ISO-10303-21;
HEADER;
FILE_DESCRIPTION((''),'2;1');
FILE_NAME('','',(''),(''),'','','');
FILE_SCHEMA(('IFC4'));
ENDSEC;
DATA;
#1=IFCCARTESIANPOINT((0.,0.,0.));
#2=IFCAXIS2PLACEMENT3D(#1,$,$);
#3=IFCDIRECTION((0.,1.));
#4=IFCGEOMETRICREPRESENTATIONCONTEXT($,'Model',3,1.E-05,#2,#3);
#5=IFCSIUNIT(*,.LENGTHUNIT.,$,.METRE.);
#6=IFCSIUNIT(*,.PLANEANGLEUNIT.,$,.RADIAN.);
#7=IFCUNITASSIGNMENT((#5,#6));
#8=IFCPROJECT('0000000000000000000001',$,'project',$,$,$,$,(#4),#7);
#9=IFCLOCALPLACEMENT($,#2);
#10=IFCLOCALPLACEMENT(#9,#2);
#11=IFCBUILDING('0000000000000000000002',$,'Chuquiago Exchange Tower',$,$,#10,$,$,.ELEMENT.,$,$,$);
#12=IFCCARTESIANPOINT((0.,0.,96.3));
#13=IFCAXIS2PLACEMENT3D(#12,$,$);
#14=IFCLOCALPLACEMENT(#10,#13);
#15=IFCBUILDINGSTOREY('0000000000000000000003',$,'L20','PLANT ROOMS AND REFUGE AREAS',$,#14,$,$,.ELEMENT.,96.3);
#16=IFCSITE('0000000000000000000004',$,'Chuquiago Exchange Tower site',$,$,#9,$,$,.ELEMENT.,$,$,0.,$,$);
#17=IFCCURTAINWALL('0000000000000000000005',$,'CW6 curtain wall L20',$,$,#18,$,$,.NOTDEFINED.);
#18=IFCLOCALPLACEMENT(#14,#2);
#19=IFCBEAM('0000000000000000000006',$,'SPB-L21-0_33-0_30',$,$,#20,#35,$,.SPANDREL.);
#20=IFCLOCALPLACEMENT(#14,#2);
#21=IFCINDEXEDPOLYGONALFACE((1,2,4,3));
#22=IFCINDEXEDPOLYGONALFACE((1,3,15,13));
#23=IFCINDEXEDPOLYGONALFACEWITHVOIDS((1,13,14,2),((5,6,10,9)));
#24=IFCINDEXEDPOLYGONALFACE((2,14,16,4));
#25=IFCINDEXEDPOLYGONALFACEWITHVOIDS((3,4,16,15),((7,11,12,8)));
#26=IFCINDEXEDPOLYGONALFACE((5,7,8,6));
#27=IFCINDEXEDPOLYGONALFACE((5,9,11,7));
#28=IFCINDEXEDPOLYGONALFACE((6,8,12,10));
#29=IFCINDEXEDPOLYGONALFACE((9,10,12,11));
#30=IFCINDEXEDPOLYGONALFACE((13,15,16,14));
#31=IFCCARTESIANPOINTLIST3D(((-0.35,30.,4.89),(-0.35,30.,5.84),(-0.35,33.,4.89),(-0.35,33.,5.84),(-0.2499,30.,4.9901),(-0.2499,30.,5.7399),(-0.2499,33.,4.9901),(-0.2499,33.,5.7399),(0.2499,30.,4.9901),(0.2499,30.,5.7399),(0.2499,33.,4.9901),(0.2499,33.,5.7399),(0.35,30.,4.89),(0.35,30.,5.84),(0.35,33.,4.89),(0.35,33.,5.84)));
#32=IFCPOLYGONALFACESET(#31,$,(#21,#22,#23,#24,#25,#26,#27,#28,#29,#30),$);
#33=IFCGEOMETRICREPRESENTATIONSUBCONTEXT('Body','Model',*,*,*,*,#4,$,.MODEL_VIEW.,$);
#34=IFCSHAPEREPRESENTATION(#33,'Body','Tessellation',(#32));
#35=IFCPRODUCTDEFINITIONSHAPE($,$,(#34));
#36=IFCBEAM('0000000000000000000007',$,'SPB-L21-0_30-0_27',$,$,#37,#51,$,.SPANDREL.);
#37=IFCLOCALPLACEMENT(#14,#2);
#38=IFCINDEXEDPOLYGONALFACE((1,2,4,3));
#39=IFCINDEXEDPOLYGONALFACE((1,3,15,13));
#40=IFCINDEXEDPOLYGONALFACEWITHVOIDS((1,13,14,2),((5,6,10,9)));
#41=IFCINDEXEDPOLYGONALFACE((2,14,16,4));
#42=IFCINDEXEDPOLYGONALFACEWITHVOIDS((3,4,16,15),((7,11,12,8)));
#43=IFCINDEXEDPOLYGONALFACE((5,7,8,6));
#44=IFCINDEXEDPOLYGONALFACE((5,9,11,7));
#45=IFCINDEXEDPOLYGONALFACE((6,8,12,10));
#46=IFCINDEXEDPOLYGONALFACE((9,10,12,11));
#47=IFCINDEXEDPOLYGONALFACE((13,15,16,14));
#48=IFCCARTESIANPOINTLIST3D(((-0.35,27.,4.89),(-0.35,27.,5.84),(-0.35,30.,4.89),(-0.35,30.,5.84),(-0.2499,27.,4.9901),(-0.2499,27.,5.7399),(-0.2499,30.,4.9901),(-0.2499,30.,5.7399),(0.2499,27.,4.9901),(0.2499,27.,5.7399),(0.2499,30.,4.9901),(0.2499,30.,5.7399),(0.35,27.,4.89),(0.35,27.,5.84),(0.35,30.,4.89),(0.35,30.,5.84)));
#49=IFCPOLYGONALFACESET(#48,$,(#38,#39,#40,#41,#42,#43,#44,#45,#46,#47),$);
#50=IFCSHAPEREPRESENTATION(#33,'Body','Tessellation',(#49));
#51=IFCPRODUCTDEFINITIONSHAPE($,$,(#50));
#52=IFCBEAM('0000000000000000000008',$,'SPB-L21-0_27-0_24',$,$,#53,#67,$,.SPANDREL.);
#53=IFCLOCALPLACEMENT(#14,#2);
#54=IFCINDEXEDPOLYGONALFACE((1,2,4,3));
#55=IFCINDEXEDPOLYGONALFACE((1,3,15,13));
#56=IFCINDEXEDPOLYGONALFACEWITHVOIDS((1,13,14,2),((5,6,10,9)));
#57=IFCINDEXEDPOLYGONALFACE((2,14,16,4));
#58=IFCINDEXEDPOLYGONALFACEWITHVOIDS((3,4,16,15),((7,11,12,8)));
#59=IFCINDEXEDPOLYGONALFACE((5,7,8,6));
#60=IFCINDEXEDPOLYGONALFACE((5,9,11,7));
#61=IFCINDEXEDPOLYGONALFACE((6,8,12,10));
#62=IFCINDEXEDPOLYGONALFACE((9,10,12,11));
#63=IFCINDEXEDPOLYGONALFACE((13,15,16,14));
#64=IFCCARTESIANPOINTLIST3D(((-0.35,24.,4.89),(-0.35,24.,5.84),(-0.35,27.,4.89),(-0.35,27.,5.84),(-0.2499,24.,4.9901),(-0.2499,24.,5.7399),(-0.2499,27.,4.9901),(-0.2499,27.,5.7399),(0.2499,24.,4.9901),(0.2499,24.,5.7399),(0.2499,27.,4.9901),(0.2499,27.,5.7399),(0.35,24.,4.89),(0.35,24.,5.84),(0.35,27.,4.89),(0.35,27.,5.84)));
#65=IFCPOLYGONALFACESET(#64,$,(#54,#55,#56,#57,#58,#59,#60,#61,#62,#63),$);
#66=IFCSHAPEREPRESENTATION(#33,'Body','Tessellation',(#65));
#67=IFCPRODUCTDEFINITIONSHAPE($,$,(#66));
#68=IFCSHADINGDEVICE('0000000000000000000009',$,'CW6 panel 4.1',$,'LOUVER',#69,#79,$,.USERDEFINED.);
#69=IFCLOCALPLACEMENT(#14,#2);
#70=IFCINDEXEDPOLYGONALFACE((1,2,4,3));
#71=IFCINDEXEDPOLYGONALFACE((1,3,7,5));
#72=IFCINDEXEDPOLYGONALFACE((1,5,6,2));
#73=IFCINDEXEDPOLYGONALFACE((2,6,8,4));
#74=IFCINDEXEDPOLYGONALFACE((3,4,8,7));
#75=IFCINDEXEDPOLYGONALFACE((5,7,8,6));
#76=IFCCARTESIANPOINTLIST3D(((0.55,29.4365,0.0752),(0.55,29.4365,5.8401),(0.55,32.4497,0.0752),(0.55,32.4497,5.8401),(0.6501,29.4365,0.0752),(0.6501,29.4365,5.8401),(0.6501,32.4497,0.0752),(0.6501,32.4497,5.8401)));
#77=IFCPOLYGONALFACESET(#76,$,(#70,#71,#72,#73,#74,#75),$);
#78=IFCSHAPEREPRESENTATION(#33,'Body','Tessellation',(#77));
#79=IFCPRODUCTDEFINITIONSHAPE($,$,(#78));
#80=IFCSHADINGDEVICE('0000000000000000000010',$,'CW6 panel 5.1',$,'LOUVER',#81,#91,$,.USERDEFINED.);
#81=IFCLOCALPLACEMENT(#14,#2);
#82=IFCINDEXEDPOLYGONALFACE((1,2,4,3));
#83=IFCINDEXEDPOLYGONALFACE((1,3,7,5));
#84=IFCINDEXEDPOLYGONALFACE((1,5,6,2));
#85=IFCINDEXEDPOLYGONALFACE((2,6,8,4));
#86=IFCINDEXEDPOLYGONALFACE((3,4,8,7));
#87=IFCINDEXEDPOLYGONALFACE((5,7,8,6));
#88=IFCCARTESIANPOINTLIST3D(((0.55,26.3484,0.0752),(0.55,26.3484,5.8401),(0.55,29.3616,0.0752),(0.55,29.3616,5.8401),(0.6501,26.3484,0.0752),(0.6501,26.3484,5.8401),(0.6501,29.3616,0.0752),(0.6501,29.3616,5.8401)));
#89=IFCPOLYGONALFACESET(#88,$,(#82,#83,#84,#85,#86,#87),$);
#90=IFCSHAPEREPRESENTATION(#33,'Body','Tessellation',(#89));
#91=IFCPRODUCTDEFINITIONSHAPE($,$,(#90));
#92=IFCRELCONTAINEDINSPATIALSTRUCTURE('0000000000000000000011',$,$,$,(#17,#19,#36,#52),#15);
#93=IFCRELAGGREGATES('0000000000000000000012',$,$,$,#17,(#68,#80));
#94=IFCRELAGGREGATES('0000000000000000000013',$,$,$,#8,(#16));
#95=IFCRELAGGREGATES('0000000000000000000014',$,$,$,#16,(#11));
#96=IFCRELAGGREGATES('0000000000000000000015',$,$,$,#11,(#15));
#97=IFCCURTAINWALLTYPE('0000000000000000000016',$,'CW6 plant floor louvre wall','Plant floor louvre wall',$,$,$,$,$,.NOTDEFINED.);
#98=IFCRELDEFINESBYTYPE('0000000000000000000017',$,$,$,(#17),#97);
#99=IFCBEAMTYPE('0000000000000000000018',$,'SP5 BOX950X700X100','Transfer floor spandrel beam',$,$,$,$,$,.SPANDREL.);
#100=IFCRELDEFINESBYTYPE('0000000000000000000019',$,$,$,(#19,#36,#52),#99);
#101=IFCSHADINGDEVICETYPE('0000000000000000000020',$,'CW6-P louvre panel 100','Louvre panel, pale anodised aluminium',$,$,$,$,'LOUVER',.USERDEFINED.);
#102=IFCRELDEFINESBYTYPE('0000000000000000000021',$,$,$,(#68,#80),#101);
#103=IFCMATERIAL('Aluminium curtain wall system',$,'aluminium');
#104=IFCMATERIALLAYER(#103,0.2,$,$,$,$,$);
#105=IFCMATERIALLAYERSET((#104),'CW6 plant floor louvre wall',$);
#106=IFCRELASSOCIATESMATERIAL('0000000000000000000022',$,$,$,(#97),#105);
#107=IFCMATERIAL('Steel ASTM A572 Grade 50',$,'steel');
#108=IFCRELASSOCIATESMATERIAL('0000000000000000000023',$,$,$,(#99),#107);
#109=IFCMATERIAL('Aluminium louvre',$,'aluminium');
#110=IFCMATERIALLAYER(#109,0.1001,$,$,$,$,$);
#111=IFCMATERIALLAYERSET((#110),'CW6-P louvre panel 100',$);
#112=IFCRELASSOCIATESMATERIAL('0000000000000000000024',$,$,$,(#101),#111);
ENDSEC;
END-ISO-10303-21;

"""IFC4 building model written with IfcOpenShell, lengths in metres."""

from ifc_helpers import new_model, si_unit, direction, frame, origin, origin_2d, place, context, subcontext, project, spatial, rectangle, hollow_rectangle, extrude, material, layer, layer_set, material_profile, profile_set, type_object, element, aggregate, save


model = new_model("IFC4")

# Units and contexts
model_context = context("Model", 3, precision=1e-05, world=origin(), true_north=direction((0.0, 1.0)))
body_context = subcontext(model_context, "Body", "Model", "MODEL_VIEW")
ifc_project = project(units=[si_unit("LENGTHUNIT", "METRE"), si_unit("PLANEANGLEUNIT", "RADIAN")], contexts=[model_context])

# Site, building, storey
site_placement = place(None, origin())
site = spatial("IfcSite", under=ifc_project, at=site_placement, Name="Chuquiago Exchange Tower site", CompositionType="ELEMENT", RefElevation=0.0)
building_placement = place(site_placement, origin())
building = spatial("IfcBuilding", under=site, at=building_placement, Name="Chuquiago Exchange Tower", CompositionType="ELEMENT")
storey_placement = place(building_placement, frame((0.0, 0.0, 96.3)))
storey = spatial("IfcBuildingStorey", under=building, at=storey_placement, Name="L20", Description="PLANT ROOMS AND REFUGE AREAS", CompositionType="ELEMENT", Elevation=96.3)

# Curtain wall
ifc_material_1 = material(Name="Aluminium curtain wall system", Category="aluminium")
ifc_layer_1 = layer(ifc_material_1, 0.2)
ifc_layer_set_1 = layer_set([ifc_layer_1], Name="CW6 plant floor louvre wall")
curtain_wall_type = type_object("IfcCurtainWallType", Name="CW6 plant floor louvre wall", Description="Plant floor louvre wall", PredefinedType="NOTDEFINED", material=ifc_layer_set_1)
curtain_wall_placement = place(storey_placement, origin())
curtain_wall = element("IfcCurtainWall", 1, at=curtain_wall_placement, inside=storey, type_object=curtain_wall_type, Name="CW6 curtain wall L20", PredefinedType="NOTDEFINED")

# Beams
ifc_material_2 = material(Name="Steel ASTM A572 Grade 50", Category="steel")
ifc_material_profile_1 = material_profile(ifc_material_2, hollow_rectangle(XDim=0.7, YDim=0.95, WallThickness=0.1001, at=origin_2d()), Name="BOX950X700X100")
ifc_profile_set_1 = profile_set([ifc_material_profile_1], Name="Steel ASTM A572 Grade 50")
beam_type = type_object("IfcBeamType", Name="SP5 BOX950X700X100", Description="Transfer floor spandrel beam", PredefinedType="SPANDREL", material=ifc_profile_set_1)
for number, where, z_axis, x_axis, name in (
    (2, (0.0, 33.0, 5.365), (0.0, -1.0, 0.0), (1.0, 0.0, 0.0), "SPB-L21-0_33-0_30"),
    (3, (0.0, 30.0, 5.365), (0.0, -1.0, 0.0), (1.0, 0.0, 0.0), "SPB-L21-0_30-0_27"),
    (4, (0.0, 27.0, 5.365), (0.0, -1.0, 0.0), (1.0, 0.0, 0.0), "SPB-L21-0_27-0_24"),
):
    element("IfcBeam", number, at=place(storey_placement, frame(where, z_axis=z_axis, x_axis=x_axis)), inside=storey, type_object=beam_type, Name=name, PredefinedType="SPANDREL", context=body_context, shape_type="SweptSolid", body=[
        extrude(hollow_rectangle(XDim=0.7, YDim=0.95, WallThickness=0.1001, at=origin_2d()), origin(), (0.0, 0.0, 1.0), 3.0),
    ])

# Shading devices
ifc_material_3 = material(Name="Aluminium louvre", Category="aluminium")
ifc_layer_2 = layer(ifc_material_3, 0.1001)
ifc_layer_set_2 = layer_set([ifc_layer_2], Name="CW6-P louvre panel 100")
shading_device_type = type_object("IfcShadingDeviceType", Name="CW6-P louvre panel 100", Description="Louvre panel, pale anodised aluminium", ElementType="LOUVER", PredefinedType="USERDEFINED", material=ifc_layer_set_2)
shading_device_1_placement = place(storey_placement, frame((0.6001, 30.9431, 0.0752), z_axis=(0.0, 0.0, 1.0), x_axis=(0.0, -1.0, 0.0)))
shading_device_1 = element("IfcShadingDevice", 5, at=shading_device_1_placement, type_object=shading_device_type, Name="CW6 panel 4.1", ObjectType="LOUVER", PredefinedType="USERDEFINED", context=body_context, shape_type="SweptSolid", body=[
    extrude(rectangle(XDim=3.0132, YDim=0.1001, at=origin_2d()), origin(), (0.0, 0.0, 1.0), 5.7649),
])
shading_device_2_placement = place(storey_placement, frame((0.6001, 27.855, 0.0752), z_axis=(0.0, 0.0, 1.0), x_axis=(0.0, -1.0, 0.0)))
shading_device_2 = element("IfcShadingDevice", 6, at=shading_device_2_placement, type_object=shading_device_type, Name="CW6 panel 5.1", ObjectType="LOUVER", PredefinedType="USERDEFINED", context=body_context, shape_type="SweptSolid", body=[
    extrude(rectangle(XDim=3.0132, YDim=0.1001, at=origin_2d()), origin(), (0.0, 0.0, 1.0), 5.7649),
])
aggregate(curtain_wall, [shading_device_1, shading_device_2])

save(model, "model.ifc")
